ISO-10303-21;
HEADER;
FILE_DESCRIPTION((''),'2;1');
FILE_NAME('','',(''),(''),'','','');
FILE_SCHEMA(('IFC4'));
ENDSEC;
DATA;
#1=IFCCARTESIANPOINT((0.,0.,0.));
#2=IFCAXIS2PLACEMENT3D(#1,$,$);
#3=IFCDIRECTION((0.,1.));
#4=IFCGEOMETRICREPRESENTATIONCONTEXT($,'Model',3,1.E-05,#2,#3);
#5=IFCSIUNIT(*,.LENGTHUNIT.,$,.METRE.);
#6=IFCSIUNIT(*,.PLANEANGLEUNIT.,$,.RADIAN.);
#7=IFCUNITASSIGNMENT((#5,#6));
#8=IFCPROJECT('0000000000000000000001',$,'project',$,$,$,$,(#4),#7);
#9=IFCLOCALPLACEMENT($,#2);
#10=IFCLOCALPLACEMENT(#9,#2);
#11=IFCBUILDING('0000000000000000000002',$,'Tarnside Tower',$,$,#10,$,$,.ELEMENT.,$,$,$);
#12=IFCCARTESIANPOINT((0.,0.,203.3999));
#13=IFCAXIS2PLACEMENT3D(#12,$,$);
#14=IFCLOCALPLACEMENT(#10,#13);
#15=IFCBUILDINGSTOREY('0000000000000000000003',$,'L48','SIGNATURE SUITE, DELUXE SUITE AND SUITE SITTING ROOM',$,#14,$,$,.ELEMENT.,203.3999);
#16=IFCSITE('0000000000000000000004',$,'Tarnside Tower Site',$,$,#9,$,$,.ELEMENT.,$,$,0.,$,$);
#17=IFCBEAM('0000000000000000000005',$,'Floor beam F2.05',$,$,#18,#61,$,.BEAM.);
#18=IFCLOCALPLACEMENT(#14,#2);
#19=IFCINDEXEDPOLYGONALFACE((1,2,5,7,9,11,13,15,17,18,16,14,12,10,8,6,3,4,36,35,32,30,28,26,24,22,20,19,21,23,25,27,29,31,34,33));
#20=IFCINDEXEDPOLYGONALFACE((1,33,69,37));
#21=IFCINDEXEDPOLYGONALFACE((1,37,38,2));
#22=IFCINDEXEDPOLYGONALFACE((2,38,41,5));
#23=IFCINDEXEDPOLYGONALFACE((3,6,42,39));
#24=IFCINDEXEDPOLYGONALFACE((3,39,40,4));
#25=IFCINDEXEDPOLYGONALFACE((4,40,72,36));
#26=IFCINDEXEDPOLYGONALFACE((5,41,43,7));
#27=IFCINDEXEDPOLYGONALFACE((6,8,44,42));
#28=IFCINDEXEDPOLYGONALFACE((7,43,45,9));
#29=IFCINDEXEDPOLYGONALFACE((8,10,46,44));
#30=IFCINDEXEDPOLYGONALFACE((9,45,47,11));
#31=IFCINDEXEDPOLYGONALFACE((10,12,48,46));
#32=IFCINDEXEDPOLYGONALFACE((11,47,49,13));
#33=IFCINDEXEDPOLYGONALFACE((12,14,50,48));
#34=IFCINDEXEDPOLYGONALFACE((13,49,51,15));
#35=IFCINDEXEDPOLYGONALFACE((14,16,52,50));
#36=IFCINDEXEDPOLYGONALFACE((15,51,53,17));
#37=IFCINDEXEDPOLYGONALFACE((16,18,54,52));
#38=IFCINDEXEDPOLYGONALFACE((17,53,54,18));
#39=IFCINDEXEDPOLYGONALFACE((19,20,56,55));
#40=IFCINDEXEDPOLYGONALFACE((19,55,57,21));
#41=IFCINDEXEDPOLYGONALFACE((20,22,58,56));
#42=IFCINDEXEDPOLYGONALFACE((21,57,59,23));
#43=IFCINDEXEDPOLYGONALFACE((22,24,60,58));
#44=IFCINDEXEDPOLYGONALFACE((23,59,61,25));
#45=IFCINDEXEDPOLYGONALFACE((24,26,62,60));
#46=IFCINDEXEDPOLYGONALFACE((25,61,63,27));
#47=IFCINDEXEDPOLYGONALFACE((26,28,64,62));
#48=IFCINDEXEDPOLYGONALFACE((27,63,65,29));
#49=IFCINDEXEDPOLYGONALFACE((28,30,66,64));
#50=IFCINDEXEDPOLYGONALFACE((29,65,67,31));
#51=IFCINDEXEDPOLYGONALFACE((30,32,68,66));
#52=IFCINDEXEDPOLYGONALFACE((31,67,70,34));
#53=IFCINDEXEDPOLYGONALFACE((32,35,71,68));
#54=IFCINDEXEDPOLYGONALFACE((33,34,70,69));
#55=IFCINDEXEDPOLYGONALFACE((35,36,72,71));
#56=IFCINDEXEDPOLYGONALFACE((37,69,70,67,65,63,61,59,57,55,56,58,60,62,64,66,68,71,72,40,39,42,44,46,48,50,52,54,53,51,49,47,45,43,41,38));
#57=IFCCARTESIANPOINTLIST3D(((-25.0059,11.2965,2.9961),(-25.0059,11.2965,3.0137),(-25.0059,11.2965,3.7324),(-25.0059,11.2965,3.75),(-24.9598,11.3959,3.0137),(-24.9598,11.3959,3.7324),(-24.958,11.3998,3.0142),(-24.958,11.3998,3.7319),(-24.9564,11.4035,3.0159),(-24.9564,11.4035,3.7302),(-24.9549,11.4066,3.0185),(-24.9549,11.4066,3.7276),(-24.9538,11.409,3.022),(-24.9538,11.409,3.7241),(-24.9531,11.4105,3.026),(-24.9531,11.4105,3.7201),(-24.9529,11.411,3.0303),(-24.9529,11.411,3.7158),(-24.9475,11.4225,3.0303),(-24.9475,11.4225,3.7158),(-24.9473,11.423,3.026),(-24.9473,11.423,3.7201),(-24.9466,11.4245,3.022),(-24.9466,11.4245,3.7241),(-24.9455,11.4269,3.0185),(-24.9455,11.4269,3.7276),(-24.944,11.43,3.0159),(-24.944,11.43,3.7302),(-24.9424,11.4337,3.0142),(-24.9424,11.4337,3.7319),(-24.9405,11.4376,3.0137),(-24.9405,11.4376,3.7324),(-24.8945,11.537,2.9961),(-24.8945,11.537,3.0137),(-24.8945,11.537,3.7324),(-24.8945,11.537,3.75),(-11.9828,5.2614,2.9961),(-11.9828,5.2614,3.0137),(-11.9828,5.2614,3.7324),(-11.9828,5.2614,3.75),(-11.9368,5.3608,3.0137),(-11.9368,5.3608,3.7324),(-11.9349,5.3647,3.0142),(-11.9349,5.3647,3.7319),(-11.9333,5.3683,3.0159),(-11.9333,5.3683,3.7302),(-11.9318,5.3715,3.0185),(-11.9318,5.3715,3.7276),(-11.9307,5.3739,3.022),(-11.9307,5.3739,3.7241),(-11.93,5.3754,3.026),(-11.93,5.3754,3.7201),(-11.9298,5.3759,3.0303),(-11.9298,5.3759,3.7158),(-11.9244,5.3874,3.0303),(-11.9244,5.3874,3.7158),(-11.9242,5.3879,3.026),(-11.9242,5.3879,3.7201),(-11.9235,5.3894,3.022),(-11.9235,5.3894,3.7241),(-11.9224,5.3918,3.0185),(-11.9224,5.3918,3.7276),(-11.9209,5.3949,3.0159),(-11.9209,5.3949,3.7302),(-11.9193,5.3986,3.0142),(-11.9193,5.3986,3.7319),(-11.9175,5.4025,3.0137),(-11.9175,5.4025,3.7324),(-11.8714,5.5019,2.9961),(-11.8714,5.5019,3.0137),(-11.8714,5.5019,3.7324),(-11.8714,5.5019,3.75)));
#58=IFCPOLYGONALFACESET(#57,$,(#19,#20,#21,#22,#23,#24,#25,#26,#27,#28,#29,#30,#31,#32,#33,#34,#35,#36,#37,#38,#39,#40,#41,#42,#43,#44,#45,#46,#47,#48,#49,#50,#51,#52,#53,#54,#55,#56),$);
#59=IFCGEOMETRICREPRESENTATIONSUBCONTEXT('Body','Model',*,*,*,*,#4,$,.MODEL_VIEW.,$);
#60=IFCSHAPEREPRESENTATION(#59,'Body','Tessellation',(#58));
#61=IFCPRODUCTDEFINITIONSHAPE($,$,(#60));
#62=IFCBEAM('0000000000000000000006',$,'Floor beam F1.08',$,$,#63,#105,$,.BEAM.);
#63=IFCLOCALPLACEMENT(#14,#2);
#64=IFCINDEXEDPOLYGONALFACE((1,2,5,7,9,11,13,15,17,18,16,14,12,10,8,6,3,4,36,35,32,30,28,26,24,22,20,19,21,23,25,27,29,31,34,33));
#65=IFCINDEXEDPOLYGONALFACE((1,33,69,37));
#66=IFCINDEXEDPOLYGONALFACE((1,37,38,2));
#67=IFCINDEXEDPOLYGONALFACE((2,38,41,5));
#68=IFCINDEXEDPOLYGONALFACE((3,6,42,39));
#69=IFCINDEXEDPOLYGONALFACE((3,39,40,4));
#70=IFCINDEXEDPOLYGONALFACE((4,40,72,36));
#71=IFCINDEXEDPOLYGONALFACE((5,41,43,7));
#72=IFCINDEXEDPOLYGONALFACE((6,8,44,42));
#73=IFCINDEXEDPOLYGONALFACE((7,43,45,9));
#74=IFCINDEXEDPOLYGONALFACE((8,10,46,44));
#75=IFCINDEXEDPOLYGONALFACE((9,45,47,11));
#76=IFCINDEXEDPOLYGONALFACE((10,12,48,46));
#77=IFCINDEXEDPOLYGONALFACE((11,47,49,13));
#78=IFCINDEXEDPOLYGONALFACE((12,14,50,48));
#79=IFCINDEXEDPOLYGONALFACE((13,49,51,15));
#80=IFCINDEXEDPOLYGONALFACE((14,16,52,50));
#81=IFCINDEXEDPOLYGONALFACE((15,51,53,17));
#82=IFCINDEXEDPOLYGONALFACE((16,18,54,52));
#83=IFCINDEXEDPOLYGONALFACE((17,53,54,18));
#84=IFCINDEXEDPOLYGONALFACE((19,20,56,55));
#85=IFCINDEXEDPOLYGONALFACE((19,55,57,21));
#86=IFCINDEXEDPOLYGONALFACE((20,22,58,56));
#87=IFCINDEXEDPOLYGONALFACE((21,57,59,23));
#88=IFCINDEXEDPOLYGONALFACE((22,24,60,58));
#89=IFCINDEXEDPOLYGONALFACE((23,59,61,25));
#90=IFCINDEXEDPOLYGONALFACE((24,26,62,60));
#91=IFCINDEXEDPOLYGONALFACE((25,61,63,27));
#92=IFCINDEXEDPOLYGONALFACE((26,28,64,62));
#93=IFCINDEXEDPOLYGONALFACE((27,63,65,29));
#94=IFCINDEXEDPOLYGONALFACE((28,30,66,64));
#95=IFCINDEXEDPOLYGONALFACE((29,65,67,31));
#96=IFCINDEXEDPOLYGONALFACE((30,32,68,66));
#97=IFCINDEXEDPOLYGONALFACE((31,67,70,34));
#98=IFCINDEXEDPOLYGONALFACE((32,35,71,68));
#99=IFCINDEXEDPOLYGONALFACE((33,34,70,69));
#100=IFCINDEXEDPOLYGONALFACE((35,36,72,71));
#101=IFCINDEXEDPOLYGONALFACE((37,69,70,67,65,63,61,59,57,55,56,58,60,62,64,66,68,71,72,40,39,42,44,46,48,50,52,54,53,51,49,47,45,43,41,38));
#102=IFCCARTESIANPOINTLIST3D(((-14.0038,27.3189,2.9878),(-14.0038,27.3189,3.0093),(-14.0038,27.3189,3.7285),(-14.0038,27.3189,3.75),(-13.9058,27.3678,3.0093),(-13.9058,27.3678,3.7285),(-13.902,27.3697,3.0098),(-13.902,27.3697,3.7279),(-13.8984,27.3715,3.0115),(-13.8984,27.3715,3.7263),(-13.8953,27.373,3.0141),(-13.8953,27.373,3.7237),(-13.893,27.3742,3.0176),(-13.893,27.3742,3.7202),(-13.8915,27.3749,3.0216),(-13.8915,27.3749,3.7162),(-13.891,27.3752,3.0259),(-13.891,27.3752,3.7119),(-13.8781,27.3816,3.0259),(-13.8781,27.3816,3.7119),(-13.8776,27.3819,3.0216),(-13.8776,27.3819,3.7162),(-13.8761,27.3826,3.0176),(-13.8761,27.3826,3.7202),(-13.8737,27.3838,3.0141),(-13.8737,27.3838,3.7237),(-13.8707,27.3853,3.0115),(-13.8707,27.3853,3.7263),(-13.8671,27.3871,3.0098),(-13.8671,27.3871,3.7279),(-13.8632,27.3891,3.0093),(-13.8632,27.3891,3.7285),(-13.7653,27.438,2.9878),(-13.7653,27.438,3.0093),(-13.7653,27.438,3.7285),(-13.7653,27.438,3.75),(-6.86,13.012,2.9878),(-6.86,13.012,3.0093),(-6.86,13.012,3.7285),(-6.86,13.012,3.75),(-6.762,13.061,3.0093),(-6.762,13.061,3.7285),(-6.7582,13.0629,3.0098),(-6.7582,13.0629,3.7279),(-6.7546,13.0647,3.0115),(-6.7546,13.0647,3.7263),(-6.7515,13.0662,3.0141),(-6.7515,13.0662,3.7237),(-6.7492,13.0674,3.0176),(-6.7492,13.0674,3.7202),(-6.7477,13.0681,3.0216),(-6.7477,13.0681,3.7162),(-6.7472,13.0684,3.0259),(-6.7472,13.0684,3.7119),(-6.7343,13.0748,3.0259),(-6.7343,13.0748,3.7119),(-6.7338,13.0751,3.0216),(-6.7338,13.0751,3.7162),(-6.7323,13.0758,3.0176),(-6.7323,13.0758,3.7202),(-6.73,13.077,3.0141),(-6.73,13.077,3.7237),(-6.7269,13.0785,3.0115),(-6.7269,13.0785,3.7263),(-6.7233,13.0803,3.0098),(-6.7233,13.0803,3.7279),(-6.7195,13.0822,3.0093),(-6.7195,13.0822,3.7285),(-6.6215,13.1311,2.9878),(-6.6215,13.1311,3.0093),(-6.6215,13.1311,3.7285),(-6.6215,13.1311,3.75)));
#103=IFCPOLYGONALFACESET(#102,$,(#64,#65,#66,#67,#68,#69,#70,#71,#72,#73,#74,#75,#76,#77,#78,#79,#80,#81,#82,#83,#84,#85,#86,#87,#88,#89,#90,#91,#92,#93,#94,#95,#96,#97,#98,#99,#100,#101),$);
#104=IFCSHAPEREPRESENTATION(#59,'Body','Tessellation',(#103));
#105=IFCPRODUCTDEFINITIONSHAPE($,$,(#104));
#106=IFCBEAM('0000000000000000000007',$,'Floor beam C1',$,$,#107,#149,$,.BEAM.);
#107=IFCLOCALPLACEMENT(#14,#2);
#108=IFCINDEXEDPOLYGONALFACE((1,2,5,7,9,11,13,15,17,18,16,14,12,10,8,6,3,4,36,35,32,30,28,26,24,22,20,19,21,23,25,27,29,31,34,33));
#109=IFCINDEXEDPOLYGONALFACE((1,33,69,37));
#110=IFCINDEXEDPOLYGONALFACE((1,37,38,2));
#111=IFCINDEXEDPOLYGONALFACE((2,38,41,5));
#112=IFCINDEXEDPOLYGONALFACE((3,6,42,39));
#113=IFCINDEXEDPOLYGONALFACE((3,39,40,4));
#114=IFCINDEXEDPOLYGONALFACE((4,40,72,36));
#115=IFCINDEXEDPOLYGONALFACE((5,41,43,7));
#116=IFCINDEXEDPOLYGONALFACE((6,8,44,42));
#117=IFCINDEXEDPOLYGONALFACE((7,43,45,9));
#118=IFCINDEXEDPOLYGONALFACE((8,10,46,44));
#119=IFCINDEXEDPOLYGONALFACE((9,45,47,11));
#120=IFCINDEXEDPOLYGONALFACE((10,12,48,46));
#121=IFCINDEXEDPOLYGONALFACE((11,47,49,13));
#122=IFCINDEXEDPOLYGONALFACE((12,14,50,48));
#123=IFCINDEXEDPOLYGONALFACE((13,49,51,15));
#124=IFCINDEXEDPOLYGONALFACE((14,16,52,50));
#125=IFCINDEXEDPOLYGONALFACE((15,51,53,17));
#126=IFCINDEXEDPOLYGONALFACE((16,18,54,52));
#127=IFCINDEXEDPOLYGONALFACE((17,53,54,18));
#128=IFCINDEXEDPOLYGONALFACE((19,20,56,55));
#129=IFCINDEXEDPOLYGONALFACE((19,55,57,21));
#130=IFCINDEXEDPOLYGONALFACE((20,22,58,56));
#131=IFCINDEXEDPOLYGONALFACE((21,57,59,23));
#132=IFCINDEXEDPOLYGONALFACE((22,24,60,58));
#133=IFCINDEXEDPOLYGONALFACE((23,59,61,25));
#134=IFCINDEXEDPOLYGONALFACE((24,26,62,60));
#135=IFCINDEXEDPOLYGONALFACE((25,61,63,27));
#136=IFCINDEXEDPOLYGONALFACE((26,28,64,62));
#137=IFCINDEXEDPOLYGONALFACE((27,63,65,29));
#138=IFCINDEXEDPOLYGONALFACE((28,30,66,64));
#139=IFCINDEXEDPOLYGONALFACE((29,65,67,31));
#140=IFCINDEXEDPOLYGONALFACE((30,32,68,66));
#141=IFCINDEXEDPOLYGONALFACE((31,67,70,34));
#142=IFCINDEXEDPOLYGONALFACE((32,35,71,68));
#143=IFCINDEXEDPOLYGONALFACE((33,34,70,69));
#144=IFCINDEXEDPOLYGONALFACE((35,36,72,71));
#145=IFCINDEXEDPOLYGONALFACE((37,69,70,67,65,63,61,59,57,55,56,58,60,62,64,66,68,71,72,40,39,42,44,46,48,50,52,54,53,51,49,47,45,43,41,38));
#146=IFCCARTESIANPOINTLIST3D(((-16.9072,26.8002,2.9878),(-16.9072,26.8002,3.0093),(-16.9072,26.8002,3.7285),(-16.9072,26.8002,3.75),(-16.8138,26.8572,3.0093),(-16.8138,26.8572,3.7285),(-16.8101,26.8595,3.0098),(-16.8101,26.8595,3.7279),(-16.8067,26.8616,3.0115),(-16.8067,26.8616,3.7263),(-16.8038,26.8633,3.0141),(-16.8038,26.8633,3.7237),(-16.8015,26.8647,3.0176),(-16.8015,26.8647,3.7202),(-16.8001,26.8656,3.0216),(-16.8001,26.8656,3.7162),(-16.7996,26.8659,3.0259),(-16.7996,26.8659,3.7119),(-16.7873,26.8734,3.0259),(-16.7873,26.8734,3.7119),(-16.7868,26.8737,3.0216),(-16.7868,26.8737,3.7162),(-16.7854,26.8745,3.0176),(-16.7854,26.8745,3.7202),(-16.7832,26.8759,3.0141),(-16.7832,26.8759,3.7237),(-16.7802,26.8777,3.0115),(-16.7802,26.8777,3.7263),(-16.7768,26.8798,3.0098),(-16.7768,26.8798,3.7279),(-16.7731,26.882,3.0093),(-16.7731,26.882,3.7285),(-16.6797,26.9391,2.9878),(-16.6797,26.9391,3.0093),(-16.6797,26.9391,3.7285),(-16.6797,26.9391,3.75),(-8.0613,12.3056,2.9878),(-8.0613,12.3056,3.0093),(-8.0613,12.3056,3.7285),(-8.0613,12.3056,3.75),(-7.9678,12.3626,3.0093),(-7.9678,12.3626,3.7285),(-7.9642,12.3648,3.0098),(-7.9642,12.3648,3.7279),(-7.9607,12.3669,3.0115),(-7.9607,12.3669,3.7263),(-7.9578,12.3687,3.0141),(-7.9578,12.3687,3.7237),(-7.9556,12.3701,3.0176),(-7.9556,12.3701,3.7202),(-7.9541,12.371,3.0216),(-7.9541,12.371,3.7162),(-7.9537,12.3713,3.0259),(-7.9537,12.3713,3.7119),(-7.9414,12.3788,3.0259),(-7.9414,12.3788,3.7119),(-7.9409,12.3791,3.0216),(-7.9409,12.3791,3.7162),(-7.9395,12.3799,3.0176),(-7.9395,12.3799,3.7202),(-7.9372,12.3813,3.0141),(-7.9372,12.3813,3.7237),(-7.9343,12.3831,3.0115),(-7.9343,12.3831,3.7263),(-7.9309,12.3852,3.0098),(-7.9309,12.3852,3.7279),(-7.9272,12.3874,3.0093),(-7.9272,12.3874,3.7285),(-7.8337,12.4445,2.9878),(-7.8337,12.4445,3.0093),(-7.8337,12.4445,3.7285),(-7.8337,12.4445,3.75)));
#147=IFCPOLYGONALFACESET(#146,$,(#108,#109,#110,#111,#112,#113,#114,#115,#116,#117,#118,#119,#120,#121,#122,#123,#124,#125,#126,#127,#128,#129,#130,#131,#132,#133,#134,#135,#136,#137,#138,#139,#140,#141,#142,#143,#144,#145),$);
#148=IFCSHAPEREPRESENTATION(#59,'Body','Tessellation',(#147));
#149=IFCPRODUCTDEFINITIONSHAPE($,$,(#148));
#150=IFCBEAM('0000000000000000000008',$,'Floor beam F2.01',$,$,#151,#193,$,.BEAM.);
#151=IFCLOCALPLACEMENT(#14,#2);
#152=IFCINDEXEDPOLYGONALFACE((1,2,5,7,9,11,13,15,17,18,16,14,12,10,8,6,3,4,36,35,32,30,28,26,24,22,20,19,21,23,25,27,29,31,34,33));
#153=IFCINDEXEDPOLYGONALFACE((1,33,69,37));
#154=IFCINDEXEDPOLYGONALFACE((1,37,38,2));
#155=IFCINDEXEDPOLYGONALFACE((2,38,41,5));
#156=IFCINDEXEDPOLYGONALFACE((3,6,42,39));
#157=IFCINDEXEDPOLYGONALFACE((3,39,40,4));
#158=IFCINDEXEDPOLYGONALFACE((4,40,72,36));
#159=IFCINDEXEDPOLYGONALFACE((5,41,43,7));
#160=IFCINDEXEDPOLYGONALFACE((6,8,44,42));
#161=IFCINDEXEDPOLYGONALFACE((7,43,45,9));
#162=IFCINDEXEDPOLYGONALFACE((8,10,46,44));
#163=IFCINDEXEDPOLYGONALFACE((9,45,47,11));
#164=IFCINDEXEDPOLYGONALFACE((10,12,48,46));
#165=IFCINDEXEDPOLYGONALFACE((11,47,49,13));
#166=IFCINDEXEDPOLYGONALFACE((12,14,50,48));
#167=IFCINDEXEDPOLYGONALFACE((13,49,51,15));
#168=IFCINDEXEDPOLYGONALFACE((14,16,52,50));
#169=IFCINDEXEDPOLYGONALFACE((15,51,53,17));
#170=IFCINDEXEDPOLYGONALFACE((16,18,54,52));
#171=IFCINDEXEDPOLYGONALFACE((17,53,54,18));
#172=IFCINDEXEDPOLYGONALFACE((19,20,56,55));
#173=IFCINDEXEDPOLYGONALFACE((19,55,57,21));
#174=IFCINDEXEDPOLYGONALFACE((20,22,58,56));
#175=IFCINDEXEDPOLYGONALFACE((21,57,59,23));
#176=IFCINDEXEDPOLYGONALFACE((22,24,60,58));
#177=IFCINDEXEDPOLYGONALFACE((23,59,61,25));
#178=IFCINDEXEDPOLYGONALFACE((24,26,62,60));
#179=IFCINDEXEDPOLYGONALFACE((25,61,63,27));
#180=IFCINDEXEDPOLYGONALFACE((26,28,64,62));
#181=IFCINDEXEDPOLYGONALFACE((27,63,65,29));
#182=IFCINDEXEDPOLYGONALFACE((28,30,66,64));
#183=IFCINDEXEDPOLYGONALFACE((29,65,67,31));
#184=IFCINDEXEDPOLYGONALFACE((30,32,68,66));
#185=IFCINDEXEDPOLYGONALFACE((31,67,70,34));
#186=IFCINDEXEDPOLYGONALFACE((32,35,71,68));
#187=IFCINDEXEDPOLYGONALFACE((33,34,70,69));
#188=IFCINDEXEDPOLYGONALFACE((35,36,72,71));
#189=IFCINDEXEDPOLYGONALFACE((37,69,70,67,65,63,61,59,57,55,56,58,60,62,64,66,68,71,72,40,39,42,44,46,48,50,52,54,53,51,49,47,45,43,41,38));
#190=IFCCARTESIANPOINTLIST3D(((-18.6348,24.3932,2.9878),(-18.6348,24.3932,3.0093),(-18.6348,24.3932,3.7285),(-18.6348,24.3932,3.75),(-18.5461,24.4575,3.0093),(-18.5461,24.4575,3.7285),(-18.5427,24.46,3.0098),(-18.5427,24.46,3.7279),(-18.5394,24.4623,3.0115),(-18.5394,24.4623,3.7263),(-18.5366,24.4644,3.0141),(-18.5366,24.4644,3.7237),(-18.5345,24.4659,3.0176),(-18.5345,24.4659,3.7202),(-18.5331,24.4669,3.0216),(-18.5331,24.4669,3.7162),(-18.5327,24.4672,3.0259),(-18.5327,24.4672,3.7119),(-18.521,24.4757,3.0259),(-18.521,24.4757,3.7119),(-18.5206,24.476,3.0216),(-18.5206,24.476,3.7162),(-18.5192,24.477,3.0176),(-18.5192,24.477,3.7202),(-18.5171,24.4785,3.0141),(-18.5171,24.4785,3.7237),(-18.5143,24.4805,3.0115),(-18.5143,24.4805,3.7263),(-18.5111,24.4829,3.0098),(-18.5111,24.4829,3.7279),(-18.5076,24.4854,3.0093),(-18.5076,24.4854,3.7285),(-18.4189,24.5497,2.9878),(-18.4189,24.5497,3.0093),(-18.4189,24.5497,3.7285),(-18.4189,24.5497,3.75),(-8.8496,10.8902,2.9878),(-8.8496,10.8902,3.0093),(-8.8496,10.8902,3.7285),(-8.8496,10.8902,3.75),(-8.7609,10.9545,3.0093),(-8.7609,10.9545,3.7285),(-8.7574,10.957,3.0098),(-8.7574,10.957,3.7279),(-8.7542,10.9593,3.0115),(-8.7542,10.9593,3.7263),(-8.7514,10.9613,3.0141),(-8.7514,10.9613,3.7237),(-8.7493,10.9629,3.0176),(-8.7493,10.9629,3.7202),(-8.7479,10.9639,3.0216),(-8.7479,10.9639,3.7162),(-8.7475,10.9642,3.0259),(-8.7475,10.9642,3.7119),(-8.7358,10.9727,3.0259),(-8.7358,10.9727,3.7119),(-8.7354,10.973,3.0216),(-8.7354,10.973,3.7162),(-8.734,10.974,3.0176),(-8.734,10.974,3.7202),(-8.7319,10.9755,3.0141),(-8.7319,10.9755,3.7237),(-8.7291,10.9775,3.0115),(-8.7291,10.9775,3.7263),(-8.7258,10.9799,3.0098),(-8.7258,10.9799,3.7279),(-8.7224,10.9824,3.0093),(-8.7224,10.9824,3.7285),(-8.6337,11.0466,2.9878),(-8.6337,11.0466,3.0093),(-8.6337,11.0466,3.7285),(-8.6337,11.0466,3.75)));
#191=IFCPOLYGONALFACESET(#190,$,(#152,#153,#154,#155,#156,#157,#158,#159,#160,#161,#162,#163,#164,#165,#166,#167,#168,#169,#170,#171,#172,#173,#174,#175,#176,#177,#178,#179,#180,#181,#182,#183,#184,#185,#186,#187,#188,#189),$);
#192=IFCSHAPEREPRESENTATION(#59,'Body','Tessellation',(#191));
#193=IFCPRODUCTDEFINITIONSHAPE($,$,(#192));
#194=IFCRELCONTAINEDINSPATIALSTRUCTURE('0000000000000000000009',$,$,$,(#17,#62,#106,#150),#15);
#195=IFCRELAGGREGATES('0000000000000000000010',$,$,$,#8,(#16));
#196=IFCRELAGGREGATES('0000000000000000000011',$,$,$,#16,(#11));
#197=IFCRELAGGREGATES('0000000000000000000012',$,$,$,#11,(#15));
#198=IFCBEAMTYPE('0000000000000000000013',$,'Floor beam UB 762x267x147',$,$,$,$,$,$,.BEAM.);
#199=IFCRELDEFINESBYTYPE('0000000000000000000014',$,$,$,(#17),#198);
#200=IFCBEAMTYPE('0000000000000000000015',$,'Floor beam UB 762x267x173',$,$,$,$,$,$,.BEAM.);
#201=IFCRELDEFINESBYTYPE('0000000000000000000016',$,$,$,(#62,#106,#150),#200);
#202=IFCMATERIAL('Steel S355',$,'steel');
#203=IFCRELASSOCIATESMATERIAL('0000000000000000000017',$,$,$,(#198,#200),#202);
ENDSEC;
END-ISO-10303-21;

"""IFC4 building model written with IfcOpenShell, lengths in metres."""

from ifc_helpers import new_model, si_unit, direction, frame, origin, origin_2d, place, context, subcontext, project, spatial, i_section, extrude, material, material_profile, profile_set, type_object, element, save


model = new_model("IFC4")

# Units and contexts
model_context = context("Model", 3, precision=1e-05, world=origin(), true_north=direction((0.0, 1.0)))
body_context = subcontext(model_context, "Body", "Model", "MODEL_VIEW")
ifc_project = project(units=[si_unit("LENGTHUNIT", "METRE"), si_unit("PLANEANGLEUNIT", "RADIAN")], contexts=[model_context])

# Site, building, storey
site_placement = place(None, origin())
site = spatial("IfcSite", under=ifc_project, at=site_placement, Name="Tarnside Tower Site", CompositionType="ELEMENT", RefElevation=0.0)
building_placement = place(site_placement, origin())
building = spatial("IfcBuilding", under=site, at=building_placement, Name="Tarnside Tower", CompositionType="ELEMENT")
storey_placement = place(building_placement, frame((0.0, 0.0, 203.3999)))
storey = spatial("IfcBuildingStorey", under=building, at=storey_placement, Name="L48", Description="SIGNATURE SUITE, DELUXE SUITE AND SUITE SITTING ROOM", CompositionType="ELEMENT", Elevation=203.3999)

# Beams
ifc_material_1 = material(Name="Steel S355", Category="steel")
ifc_material_profile_1 = material_profile(ifc_material_1, i_section(OverallWidth=0.2651, OverallDepth=0.7539, WebThickness=0.0127, FlangeThickness=0.0176, FilletRadius=0.0166, at=origin_2d()), Name="UB 762x267x147")
ifc_profile_set_1 = profile_set([ifc_material_profile_1], Name="Steel S355")
beam_type_1 = type_object("IfcBeamType", Name="Floor beam UB 762x267x147", PredefinedType="BEAM", material=ifc_profile_set_1)
beam_1_placement = place(storey_placement, frame((-24.9502, 11.4167, 3.373), z_axis=(0.90731, -0.420462, 0.0), x_axis=(0.420462, 0.90731, 0.0)))
element("IfcBeam", 1, at=beam_1_placement, inside=storey, type_object=beam_type_1, Name="Floor beam F2.05", PredefinedType="BEAM", context=body_context, shape_type="SweptSolid", body=[
    extrude(i_section(OverallWidth=0.2651, OverallDepth=0.7539, WebThickness=0.0127, FlangeThickness=0.0176, FilletRadius=0.0166, at=origin_2d()), origin(), (0.0, 0.0, 1.0), 14.3535),
])
ifc_material_profile_2 = material_profile(ifc_material_1, i_section(OverallWidth=0.2666, OverallDepth=0.7622, WebThickness=0.0144, FlangeThickness=0.0215, FilletRadius=0.0166, at=origin_2d()), Name="UB 762x267x173")
ifc_profile_set_2 = profile_set([ifc_material_profile_2], Name="Steel S355")
beam_type_2 = type_object("IfcBeamType", Name="Floor beam UB 762x267x173", PredefinedType="BEAM", material=ifc_profile_set_2)
beam_2_placement = place(storey_placement, frame((-13.8845, 27.3784, 3.3689), z_axis=(0.446731, -0.894668, 0.0), x_axis=(0.894668, 0.446731, 0.0)))
element("IfcBeam", 2, at=beam_2_placement, inside=storey, type_object=beam_type_2, Name="Floor beam F1.08", PredefinedType="BEAM", context=body_context, shape_type="SweptSolid", body=[
    extrude(i_section(OverallWidth=0.2666, OverallDepth=0.7622, WebThickness=0.0144, FlangeThickness=0.0215, FilletRadius=0.0166, at=origin_2d()), origin(), (0.0, 0.0, 1.0), 15.9912),
])
beam_3_placement = place(storey_placement, frame((-16.7935, 26.8696, 3.3689), z_axis=(0.52094, -0.853593, 0.0), x_axis=(0.853593, 0.52094, 0.0)))
element("IfcBeam", 3, at=beam_3_placement, inside=storey, type_object=beam_type_2, Name="Floor beam C1", PredefinedType="BEAM", context=body_context, shape_type="SweptSolid", body=[
    extrude(i_section(OverallWidth=0.2666, OverallDepth=0.7622, WebThickness=0.0144, FlangeThickness=0.0215, FilletRadius=0.0166, at=origin_2d()), origin(), (0.0, 0.0, 1.0), 16.9807),
])
beam_4_placement = place(storey_placement, frame((-18.5269, 24.4714, 3.3689), z_axis=(0.586792, -0.809738, 0.0), x_axis=(0.809738, 0.586792, 0.0)))
element("IfcBeam", 4, at=beam_4_placement, inside=storey, type_object=beam_type_2, Name="Floor beam F2.01", PredefinedType="BEAM", context=body_context, shape_type="SweptSolid", body=[
    extrude(i_section(OverallWidth=0.2666, OverallDepth=0.7622, WebThickness=0.0144, FlangeThickness=0.0215, FilletRadius=0.0166, at=origin_2d()), origin(), (0.0, 0.0, 1.0), 16.6758),
])

save(model, "model.ifc")
